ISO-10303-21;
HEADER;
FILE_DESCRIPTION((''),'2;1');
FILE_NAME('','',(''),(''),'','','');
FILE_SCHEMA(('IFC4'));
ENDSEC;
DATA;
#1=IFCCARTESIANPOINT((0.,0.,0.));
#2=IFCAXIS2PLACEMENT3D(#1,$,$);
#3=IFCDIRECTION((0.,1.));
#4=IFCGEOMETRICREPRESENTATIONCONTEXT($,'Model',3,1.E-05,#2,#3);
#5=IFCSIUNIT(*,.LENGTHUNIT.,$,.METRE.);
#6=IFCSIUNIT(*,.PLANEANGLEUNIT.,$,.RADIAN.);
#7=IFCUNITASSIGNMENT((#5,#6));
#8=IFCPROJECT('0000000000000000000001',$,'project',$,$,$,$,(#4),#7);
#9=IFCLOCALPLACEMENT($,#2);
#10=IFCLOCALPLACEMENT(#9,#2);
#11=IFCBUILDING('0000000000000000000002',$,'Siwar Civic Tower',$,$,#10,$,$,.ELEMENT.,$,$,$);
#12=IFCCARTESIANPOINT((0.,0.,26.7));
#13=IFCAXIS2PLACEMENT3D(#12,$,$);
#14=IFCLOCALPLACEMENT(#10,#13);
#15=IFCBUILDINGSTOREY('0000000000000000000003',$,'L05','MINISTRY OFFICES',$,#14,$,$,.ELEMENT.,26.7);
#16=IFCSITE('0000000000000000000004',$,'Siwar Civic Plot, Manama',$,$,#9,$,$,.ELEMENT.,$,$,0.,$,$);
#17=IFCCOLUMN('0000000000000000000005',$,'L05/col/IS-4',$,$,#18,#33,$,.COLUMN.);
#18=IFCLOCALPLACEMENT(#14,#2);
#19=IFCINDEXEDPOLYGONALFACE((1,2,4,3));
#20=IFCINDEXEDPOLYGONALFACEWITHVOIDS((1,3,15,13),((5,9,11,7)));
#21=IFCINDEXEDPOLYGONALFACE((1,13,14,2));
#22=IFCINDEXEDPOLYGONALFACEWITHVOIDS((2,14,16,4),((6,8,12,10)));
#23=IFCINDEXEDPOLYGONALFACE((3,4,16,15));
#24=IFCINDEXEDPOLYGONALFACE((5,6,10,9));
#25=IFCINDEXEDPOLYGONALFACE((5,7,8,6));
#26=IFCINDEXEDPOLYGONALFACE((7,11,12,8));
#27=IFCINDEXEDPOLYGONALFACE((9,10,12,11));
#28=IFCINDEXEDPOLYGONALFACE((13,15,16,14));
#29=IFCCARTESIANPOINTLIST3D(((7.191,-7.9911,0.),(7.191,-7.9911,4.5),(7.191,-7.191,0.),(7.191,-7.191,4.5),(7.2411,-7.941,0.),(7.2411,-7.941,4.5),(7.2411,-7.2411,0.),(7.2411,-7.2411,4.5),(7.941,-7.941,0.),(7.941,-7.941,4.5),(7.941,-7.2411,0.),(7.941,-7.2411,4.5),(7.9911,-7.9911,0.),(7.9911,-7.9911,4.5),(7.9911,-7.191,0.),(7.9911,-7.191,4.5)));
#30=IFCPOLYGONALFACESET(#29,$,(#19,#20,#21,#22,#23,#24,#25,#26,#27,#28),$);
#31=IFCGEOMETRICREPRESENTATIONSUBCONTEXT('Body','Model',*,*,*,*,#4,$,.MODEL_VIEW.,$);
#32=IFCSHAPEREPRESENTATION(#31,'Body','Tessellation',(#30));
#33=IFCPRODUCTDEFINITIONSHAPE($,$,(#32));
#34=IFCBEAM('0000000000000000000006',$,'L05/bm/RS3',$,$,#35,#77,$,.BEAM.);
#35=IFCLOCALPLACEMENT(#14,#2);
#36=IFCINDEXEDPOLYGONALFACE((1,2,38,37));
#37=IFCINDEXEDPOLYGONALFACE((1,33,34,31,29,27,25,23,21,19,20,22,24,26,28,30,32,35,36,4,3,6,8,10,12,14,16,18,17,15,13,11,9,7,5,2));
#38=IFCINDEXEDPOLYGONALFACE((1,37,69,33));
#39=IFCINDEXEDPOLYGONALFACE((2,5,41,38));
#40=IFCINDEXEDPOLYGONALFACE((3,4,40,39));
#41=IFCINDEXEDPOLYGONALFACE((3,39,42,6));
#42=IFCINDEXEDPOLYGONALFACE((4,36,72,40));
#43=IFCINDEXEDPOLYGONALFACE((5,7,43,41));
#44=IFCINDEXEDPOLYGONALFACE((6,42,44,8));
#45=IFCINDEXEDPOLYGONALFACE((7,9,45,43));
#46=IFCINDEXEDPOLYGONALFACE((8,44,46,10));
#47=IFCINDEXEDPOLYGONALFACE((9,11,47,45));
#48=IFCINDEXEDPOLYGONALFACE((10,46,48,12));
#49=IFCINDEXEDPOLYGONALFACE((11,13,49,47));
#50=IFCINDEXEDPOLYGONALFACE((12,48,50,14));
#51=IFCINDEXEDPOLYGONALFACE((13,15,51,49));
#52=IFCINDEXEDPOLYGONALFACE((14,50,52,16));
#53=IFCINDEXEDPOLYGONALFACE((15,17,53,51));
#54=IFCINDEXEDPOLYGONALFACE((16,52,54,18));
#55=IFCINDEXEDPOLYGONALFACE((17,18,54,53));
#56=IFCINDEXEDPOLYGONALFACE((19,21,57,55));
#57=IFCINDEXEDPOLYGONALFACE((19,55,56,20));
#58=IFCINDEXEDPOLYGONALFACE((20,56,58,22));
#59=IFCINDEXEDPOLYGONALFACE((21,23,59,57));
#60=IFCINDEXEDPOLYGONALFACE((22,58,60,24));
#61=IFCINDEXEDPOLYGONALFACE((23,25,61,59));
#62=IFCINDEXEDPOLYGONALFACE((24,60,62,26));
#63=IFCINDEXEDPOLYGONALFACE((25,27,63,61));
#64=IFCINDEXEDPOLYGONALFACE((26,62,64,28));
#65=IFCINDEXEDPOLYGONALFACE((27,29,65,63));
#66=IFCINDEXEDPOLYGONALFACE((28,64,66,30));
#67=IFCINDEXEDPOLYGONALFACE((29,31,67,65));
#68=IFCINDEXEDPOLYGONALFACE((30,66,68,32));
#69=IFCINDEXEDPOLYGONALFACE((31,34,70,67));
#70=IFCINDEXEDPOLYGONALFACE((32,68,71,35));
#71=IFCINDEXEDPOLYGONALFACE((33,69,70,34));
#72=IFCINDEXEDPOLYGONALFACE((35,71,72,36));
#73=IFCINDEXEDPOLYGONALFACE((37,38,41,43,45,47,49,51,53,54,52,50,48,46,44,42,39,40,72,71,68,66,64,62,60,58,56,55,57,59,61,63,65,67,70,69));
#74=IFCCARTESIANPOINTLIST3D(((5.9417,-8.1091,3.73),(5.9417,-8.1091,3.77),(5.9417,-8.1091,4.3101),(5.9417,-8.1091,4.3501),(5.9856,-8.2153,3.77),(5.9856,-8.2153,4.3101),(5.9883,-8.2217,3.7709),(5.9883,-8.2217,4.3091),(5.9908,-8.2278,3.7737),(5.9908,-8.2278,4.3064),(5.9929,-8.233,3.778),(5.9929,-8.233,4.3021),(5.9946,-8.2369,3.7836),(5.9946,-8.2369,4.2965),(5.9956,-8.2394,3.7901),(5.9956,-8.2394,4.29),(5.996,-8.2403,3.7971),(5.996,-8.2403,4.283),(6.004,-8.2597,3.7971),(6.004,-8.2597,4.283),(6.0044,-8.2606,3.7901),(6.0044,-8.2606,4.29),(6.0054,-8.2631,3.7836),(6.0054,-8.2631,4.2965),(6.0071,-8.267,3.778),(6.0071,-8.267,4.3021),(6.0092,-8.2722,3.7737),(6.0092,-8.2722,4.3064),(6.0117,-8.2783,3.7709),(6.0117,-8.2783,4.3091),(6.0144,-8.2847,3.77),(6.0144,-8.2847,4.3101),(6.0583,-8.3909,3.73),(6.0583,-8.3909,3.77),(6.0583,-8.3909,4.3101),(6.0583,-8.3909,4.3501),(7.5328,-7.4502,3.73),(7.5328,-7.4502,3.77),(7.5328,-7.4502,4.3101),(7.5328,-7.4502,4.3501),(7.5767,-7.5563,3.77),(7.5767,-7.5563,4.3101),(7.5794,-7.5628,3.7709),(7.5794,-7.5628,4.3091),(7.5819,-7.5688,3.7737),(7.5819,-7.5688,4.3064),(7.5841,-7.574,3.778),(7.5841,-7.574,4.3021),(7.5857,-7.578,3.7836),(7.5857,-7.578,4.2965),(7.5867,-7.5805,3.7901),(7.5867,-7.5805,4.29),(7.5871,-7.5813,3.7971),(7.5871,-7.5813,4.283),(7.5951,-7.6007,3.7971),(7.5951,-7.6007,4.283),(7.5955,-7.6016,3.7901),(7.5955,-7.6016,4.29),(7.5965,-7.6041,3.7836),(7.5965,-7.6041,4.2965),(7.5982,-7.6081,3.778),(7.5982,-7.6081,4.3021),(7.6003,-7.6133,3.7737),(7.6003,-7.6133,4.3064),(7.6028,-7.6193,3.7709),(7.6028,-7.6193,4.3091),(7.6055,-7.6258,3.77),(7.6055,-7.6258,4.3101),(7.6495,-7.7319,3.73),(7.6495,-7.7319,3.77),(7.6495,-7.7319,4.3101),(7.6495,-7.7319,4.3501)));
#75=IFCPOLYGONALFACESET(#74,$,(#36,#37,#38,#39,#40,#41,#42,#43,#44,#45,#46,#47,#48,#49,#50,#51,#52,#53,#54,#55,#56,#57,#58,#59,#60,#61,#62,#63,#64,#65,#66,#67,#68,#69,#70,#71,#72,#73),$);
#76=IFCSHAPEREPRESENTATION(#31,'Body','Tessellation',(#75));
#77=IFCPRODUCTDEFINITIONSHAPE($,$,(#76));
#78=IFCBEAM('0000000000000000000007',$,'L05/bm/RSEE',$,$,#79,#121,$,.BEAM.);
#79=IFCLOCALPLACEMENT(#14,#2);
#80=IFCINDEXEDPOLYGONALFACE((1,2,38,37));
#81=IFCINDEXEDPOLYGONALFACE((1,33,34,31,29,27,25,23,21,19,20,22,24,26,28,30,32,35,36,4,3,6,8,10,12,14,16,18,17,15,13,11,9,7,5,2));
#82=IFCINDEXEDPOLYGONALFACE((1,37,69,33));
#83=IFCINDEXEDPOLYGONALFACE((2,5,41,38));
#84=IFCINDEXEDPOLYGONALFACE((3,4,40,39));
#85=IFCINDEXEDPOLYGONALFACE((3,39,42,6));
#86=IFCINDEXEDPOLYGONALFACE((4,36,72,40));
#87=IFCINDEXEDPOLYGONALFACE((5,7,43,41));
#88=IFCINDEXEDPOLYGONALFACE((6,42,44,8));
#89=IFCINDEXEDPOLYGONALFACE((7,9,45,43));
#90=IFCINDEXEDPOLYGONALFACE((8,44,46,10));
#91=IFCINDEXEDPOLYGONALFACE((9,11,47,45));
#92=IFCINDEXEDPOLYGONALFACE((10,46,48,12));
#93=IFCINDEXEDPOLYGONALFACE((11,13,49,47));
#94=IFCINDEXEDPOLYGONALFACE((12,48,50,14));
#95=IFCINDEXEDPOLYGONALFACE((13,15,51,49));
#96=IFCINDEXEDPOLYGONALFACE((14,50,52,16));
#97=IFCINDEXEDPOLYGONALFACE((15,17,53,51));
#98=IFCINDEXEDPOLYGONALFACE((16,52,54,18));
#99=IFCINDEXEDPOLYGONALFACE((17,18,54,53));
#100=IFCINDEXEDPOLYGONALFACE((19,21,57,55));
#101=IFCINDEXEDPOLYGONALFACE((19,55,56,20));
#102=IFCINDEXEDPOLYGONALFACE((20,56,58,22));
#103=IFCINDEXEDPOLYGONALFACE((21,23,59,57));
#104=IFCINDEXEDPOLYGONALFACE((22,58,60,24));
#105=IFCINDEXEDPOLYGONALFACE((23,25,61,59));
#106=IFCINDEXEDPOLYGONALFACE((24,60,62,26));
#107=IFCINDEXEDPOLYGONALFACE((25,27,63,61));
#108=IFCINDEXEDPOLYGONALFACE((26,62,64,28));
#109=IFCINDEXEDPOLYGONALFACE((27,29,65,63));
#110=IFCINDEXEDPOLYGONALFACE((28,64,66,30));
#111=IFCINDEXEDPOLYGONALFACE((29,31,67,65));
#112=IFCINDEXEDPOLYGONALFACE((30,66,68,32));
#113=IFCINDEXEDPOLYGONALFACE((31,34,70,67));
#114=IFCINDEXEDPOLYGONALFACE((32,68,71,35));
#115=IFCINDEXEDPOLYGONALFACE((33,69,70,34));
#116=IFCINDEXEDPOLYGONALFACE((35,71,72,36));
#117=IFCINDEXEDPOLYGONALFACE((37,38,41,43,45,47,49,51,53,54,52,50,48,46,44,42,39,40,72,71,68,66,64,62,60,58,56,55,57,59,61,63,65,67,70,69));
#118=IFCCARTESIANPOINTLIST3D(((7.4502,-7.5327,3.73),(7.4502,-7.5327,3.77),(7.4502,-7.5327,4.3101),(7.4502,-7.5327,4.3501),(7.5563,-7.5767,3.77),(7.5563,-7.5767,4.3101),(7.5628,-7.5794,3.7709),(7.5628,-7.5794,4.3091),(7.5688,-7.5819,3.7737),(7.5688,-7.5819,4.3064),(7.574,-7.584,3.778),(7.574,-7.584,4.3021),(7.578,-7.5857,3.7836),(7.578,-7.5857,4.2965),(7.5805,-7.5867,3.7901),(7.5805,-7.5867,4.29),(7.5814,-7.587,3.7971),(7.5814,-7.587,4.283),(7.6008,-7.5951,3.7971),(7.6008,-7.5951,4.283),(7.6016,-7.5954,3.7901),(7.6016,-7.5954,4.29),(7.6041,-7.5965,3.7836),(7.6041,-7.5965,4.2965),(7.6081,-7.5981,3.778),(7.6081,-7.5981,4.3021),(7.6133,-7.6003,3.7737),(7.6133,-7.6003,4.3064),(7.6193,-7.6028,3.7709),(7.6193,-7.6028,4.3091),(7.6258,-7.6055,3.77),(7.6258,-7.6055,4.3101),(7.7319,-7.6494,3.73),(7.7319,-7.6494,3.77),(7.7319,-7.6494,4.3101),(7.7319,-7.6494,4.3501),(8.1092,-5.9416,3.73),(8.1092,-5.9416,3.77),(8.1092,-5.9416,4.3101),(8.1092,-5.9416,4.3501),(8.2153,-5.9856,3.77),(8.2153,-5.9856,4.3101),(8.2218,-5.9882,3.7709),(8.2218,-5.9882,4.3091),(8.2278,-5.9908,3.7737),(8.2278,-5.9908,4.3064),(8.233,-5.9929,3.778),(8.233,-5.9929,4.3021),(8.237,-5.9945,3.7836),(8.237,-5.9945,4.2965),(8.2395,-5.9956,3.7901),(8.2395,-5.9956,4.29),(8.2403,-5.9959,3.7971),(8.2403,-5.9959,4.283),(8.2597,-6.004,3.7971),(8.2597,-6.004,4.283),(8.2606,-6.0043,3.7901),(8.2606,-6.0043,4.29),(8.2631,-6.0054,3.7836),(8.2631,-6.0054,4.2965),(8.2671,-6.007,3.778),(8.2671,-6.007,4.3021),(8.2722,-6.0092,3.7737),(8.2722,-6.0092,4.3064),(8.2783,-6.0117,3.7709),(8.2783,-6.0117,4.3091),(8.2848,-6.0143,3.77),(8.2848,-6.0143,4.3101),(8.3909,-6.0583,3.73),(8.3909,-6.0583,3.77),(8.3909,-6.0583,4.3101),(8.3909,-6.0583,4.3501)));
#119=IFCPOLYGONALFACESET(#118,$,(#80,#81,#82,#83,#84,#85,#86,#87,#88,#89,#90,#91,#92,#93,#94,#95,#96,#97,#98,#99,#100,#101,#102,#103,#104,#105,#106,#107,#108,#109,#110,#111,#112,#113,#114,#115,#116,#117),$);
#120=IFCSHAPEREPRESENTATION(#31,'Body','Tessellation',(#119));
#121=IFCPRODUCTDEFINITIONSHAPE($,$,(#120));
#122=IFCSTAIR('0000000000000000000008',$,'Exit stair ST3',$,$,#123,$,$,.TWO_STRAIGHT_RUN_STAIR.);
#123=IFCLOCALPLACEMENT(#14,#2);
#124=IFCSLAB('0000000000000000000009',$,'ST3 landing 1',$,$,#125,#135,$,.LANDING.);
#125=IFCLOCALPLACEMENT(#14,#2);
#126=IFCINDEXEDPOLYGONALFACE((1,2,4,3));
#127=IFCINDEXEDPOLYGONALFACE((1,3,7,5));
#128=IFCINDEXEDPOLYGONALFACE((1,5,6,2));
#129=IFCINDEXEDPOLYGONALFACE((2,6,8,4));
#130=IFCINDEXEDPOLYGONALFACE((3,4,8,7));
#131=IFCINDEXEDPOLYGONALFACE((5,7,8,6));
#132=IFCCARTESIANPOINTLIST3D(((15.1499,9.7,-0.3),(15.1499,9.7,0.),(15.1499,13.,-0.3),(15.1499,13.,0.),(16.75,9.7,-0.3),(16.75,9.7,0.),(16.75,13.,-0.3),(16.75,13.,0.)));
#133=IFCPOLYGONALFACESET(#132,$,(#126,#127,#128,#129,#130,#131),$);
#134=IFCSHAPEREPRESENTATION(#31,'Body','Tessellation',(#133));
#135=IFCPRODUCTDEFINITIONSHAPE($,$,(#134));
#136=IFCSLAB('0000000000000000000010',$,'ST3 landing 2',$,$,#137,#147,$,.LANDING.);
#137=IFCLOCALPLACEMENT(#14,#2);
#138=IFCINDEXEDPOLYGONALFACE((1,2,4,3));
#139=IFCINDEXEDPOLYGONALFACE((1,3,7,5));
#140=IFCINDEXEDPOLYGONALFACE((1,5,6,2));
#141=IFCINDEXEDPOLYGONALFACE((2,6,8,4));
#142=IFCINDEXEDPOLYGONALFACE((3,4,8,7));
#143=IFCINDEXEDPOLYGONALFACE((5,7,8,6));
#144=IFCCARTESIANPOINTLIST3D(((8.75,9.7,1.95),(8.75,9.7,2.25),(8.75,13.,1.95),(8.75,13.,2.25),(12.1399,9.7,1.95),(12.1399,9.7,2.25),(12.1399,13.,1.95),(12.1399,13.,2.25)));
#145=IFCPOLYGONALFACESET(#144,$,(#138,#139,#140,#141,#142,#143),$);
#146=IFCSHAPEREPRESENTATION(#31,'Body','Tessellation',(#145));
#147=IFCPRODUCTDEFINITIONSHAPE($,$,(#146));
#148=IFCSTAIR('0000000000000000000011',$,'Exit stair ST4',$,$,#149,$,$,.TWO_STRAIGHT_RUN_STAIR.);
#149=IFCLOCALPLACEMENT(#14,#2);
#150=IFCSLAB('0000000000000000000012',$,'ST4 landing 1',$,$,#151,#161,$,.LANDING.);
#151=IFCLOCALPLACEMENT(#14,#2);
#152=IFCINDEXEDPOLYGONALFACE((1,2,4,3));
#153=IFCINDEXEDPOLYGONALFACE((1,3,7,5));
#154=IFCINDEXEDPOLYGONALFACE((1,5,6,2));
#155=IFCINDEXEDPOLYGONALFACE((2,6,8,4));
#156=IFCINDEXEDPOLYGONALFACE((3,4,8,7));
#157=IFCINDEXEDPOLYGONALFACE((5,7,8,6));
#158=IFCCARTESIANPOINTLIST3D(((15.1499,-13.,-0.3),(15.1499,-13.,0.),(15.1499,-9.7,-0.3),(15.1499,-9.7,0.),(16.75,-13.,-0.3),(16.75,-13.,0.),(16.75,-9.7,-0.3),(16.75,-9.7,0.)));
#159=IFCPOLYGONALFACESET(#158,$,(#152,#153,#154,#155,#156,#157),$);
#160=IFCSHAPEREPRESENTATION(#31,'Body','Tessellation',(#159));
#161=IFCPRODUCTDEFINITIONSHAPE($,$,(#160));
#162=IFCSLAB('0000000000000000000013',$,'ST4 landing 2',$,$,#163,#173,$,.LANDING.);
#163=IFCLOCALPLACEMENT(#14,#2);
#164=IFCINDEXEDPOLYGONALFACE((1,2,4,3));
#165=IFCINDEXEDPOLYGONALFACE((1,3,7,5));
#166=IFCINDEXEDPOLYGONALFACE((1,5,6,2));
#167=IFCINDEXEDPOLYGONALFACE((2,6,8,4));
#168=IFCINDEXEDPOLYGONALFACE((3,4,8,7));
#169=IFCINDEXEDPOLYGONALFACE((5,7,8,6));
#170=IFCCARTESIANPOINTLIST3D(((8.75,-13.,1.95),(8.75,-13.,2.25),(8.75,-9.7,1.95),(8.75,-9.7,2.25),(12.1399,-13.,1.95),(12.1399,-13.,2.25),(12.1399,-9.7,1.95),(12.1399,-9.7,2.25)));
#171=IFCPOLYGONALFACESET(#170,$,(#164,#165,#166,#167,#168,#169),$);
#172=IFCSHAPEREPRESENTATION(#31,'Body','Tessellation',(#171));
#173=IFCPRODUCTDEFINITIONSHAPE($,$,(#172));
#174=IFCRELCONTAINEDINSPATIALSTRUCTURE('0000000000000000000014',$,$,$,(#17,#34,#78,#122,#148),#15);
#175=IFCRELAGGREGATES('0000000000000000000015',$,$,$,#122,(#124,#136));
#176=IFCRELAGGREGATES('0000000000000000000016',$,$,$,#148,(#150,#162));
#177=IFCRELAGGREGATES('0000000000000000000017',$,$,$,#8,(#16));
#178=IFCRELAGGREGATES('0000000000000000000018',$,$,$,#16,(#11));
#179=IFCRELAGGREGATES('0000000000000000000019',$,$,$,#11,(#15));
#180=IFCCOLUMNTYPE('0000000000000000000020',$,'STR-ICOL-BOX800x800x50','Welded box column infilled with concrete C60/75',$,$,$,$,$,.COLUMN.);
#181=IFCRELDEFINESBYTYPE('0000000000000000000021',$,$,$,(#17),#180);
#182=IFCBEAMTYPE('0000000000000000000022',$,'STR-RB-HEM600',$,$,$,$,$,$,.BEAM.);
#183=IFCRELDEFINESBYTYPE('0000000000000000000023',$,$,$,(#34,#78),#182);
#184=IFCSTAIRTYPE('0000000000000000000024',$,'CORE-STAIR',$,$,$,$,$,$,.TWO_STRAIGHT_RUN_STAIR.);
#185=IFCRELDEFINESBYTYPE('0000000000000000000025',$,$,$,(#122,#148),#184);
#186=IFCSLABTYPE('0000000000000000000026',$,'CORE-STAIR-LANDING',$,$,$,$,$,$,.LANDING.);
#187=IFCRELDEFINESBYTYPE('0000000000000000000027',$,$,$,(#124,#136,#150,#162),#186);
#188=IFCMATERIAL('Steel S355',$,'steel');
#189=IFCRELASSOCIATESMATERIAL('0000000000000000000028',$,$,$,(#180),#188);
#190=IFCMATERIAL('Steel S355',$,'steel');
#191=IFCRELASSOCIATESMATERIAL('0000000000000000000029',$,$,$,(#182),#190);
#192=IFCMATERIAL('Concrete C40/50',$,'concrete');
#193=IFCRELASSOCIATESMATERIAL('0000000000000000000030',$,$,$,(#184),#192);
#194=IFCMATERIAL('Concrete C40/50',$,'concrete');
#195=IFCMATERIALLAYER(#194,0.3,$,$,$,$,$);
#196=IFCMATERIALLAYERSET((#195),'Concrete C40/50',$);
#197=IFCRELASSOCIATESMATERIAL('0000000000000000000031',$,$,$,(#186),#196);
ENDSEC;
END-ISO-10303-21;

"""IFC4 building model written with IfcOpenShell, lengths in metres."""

from ifc_helpers import new_model, si_unit, direction, frame, origin, origin_2d, place, context, subcontext, project, spatial, polyline, hollow_rectangle, i_section, outline, extrude, material, layer, layer_set, material_profile, profile_set, type_object, element, aggregate, save


model = new_model("IFC4")

# Units and contexts
model_context = context("Model", 3, precision=1e-05, world=origin(), true_north=direction((0.0, 1.0)))
body_context = subcontext(model_context, "Body", "Model", "MODEL_VIEW")
ifc_project = project(units=[si_unit("LENGTHUNIT", "METRE"), si_unit("PLANEANGLEUNIT", "RADIAN")], contexts=[model_context])

# Site, building, storey
site_placement = place(None, origin())
site = spatial("IfcSite", under=ifc_project, at=site_placement, Name="Siwar Civic Plot, Manama", CompositionType="ELEMENT", RefElevation=0.0)
building_placement = place(site_placement, origin())
building = spatial("IfcBuilding", under=site, at=building_placement, Name="Siwar Civic Tower", CompositionType="ELEMENT")
storey_placement = place(building_placement, frame((0.0, 0.0, 26.7)))
storey = spatial("IfcBuildingStorey", under=building, at=storey_placement, Name="L05", Description="MINISTRY OFFICES", CompositionType="ELEMENT", Elevation=26.7)

# Column
ifc_material_1 = material(Name="Steel S355", Category="steel")
ifc_material_profile_1 = material_profile(ifc_material_1, hollow_rectangle(XDim=0.8, YDim=0.8, WallThickness=0.05, at=origin_2d()), Name="BOX800x800x50")
ifc_profile_set_1 = profile_set([ifc_material_profile_1], Name="Steel S355")
column_type = type_object("IfcColumnType", Name="STR-ICOL-BOX800x800x50", Description="Welded box column infilled with concrete C60/75", PredefinedType="COLUMN", material=ifc_profile_set_1)
column_placement = place(storey_placement, frame((7.5911, -7.5911, 0.0), z_axis=(0.0, 0.0, 1.0), x_axis=(1.0, 0.0, 0.0)))
element("IfcColumn", 1, at=column_placement, inside=storey, type_object=column_type, Name="L05/col/IS-4", PredefinedType="COLUMN", context=body_context, shape_type="SweptSolid", body=[
    extrude(hollow_rectangle(XDim=0.8, YDim=0.8, WallThickness=0.05, at=origin_2d()), origin(), (0.0, 0.0, 1.0), 4.5),
])

# Beams
ifc_material_2 = material(Name="Steel S355", Category="steel")
ifc_material_profile_2 = material_profile(ifc_material_2, i_section(OverallWidth=0.3049, OverallDepth=0.6201, WebThickness=0.021, FlangeThickness=0.04, FilletRadius=0.0271, at=origin_2d()), Name="HEM600")
ifc_profile_set_2 = profile_set([ifc_material_profile_2], Name="Steel S355")
beam_type = type_object("IfcBeamType", Name="STR-RB-HEM600", PredefinedType="BEAM", material=ifc_profile_set_2)
for number, where, z_axis, x_axis, name in (
    (2, (6.0, -8.25, 4.04), (0.923901, 0.382631, 0.0), (-0.382631, 0.923901, 0.0), "L05/bm/RS3"),
    (3, (7.5911, -7.5911, 4.04), (0.382631, 0.923901, 0.0), (-0.923901, 0.382631, 0.0), "L05/bm/RSEE"),
):
    element("IfcBeam", number, at=place(storey_placement, frame(where, z_axis=z_axis, x_axis=x_axis)), inside=storey, type_object=beam_type, Name=name, PredefinedType="BEAM", context=body_context, shape_type="SweptSolid", body=[
        extrude(i_section(OverallWidth=0.3049, OverallDepth=0.6201, WebThickness=0.021, FlangeThickness=0.04, FilletRadius=0.0271, at=origin_2d()), origin(), (0.0, 0.0, 1.0), 1.7222),
    ])

# Stairs, slabs
ifc_material_3 = material(Name="Concrete C40/50", Category="concrete")
stair_type = type_object("IfcStairType", Name="CORE-STAIR", PredefinedType="TWO_STRAIGHT_RUN_STAIR", material=ifc_material_3)
stair_1_placement = place(storey_placement, origin())
stair_1 = element("IfcStair", 4, at=stair_1_placement, inside=storey, type_object=stair_type, Name="Exit stair ST3", PredefinedType="TWO_STRAIGHT_RUN_STAIR")
ifc_material_4 = material(Name="Concrete C40/50", Category="concrete")
ifc_layer_1 = layer(ifc_material_4, 0.3)
ifc_layer_set_1 = layer_set([ifc_layer_1], Name="Concrete C40/50")
slab_type_1 = type_object("IfcSlabType", Name="CORE-STAIR-LANDING", PredefinedType="LANDING", material=ifc_layer_set_1)
slab_1_placement = place(storey_placement, frame((0.0, 0.0, -0.3)))
slab_1 = element("IfcSlab", 5, at=slab_1_placement, type_object=slab_type_1, Name="ST3 landing 1", PredefinedType="LANDING", context=body_context, shape_type="SweptSolid", body=[
    extrude(outline(polyline([(15.1499, 9.7), (16.75, 9.7), (16.75, 13.0), (15.1499, 13.0), (15.1499, 9.7)])), origin(), (0.0, 0.0, 1.0), 0.3),
])
slab_2_placement = place(storey_placement, frame((0.0, 0.0, 1.95)))
slab_2 = element("IfcSlab", 6, at=slab_2_placement, type_object=slab_type_1, Name="ST3 landing 2", PredefinedType="LANDING", context=body_context, shape_type="SweptSolid", body=[
    extrude(outline(polyline([(8.75, 9.7), (12.1399, 9.7), (12.1399, 13.0), (8.75, 13.0), (8.75, 9.7)])), origin(), (0.0, 0.0, 1.0), 0.3),
])
aggregate(stair_1, [slab_1, slab_2])
stair_2_placement = place(storey_placement, origin())
stair_2 = element("IfcStair", 7, at=stair_2_placement, inside=storey, type_object=stair_type, Name="Exit stair ST4", PredefinedType="TWO_STRAIGHT_RUN_STAIR")
slab_3_placement = place(storey_placement, frame((0.0, 0.0, -0.3)))
slab_3 = element("IfcSlab", 8, at=slab_3_placement, type_object=slab_type_1, Name="ST4 landing 1", PredefinedType="LANDING", context=body_context, shape_type="SweptSolid", body=[
    extrude(outline(polyline([(15.1499, -13.0), (16.75, -13.0), (16.75, -9.7), (15.1499, -9.7), (15.1499, -13.0)])), origin(), (0.0, 0.0, 1.0), 0.3),
])
slab_4_placement = place(storey_placement, frame((0.0, 0.0, 1.95)))
slab_4 = element("IfcSlab", 9, at=slab_4_placement, type_object=slab_type_1, Name="ST4 landing 2", PredefinedType="LANDING", context=body_context, shape_type="SweptSolid", body=[
    extrude(outline(polyline([(8.75, -13.0), (12.1399, -13.0), (12.1399, -9.7), (8.75, -9.7), (8.75, -13.0)])), origin(), (0.0, 0.0, 1.0), 0.3),
])
aggregate(stair_2, [slab_3, slab_4])

save(model, "model.ifc")
